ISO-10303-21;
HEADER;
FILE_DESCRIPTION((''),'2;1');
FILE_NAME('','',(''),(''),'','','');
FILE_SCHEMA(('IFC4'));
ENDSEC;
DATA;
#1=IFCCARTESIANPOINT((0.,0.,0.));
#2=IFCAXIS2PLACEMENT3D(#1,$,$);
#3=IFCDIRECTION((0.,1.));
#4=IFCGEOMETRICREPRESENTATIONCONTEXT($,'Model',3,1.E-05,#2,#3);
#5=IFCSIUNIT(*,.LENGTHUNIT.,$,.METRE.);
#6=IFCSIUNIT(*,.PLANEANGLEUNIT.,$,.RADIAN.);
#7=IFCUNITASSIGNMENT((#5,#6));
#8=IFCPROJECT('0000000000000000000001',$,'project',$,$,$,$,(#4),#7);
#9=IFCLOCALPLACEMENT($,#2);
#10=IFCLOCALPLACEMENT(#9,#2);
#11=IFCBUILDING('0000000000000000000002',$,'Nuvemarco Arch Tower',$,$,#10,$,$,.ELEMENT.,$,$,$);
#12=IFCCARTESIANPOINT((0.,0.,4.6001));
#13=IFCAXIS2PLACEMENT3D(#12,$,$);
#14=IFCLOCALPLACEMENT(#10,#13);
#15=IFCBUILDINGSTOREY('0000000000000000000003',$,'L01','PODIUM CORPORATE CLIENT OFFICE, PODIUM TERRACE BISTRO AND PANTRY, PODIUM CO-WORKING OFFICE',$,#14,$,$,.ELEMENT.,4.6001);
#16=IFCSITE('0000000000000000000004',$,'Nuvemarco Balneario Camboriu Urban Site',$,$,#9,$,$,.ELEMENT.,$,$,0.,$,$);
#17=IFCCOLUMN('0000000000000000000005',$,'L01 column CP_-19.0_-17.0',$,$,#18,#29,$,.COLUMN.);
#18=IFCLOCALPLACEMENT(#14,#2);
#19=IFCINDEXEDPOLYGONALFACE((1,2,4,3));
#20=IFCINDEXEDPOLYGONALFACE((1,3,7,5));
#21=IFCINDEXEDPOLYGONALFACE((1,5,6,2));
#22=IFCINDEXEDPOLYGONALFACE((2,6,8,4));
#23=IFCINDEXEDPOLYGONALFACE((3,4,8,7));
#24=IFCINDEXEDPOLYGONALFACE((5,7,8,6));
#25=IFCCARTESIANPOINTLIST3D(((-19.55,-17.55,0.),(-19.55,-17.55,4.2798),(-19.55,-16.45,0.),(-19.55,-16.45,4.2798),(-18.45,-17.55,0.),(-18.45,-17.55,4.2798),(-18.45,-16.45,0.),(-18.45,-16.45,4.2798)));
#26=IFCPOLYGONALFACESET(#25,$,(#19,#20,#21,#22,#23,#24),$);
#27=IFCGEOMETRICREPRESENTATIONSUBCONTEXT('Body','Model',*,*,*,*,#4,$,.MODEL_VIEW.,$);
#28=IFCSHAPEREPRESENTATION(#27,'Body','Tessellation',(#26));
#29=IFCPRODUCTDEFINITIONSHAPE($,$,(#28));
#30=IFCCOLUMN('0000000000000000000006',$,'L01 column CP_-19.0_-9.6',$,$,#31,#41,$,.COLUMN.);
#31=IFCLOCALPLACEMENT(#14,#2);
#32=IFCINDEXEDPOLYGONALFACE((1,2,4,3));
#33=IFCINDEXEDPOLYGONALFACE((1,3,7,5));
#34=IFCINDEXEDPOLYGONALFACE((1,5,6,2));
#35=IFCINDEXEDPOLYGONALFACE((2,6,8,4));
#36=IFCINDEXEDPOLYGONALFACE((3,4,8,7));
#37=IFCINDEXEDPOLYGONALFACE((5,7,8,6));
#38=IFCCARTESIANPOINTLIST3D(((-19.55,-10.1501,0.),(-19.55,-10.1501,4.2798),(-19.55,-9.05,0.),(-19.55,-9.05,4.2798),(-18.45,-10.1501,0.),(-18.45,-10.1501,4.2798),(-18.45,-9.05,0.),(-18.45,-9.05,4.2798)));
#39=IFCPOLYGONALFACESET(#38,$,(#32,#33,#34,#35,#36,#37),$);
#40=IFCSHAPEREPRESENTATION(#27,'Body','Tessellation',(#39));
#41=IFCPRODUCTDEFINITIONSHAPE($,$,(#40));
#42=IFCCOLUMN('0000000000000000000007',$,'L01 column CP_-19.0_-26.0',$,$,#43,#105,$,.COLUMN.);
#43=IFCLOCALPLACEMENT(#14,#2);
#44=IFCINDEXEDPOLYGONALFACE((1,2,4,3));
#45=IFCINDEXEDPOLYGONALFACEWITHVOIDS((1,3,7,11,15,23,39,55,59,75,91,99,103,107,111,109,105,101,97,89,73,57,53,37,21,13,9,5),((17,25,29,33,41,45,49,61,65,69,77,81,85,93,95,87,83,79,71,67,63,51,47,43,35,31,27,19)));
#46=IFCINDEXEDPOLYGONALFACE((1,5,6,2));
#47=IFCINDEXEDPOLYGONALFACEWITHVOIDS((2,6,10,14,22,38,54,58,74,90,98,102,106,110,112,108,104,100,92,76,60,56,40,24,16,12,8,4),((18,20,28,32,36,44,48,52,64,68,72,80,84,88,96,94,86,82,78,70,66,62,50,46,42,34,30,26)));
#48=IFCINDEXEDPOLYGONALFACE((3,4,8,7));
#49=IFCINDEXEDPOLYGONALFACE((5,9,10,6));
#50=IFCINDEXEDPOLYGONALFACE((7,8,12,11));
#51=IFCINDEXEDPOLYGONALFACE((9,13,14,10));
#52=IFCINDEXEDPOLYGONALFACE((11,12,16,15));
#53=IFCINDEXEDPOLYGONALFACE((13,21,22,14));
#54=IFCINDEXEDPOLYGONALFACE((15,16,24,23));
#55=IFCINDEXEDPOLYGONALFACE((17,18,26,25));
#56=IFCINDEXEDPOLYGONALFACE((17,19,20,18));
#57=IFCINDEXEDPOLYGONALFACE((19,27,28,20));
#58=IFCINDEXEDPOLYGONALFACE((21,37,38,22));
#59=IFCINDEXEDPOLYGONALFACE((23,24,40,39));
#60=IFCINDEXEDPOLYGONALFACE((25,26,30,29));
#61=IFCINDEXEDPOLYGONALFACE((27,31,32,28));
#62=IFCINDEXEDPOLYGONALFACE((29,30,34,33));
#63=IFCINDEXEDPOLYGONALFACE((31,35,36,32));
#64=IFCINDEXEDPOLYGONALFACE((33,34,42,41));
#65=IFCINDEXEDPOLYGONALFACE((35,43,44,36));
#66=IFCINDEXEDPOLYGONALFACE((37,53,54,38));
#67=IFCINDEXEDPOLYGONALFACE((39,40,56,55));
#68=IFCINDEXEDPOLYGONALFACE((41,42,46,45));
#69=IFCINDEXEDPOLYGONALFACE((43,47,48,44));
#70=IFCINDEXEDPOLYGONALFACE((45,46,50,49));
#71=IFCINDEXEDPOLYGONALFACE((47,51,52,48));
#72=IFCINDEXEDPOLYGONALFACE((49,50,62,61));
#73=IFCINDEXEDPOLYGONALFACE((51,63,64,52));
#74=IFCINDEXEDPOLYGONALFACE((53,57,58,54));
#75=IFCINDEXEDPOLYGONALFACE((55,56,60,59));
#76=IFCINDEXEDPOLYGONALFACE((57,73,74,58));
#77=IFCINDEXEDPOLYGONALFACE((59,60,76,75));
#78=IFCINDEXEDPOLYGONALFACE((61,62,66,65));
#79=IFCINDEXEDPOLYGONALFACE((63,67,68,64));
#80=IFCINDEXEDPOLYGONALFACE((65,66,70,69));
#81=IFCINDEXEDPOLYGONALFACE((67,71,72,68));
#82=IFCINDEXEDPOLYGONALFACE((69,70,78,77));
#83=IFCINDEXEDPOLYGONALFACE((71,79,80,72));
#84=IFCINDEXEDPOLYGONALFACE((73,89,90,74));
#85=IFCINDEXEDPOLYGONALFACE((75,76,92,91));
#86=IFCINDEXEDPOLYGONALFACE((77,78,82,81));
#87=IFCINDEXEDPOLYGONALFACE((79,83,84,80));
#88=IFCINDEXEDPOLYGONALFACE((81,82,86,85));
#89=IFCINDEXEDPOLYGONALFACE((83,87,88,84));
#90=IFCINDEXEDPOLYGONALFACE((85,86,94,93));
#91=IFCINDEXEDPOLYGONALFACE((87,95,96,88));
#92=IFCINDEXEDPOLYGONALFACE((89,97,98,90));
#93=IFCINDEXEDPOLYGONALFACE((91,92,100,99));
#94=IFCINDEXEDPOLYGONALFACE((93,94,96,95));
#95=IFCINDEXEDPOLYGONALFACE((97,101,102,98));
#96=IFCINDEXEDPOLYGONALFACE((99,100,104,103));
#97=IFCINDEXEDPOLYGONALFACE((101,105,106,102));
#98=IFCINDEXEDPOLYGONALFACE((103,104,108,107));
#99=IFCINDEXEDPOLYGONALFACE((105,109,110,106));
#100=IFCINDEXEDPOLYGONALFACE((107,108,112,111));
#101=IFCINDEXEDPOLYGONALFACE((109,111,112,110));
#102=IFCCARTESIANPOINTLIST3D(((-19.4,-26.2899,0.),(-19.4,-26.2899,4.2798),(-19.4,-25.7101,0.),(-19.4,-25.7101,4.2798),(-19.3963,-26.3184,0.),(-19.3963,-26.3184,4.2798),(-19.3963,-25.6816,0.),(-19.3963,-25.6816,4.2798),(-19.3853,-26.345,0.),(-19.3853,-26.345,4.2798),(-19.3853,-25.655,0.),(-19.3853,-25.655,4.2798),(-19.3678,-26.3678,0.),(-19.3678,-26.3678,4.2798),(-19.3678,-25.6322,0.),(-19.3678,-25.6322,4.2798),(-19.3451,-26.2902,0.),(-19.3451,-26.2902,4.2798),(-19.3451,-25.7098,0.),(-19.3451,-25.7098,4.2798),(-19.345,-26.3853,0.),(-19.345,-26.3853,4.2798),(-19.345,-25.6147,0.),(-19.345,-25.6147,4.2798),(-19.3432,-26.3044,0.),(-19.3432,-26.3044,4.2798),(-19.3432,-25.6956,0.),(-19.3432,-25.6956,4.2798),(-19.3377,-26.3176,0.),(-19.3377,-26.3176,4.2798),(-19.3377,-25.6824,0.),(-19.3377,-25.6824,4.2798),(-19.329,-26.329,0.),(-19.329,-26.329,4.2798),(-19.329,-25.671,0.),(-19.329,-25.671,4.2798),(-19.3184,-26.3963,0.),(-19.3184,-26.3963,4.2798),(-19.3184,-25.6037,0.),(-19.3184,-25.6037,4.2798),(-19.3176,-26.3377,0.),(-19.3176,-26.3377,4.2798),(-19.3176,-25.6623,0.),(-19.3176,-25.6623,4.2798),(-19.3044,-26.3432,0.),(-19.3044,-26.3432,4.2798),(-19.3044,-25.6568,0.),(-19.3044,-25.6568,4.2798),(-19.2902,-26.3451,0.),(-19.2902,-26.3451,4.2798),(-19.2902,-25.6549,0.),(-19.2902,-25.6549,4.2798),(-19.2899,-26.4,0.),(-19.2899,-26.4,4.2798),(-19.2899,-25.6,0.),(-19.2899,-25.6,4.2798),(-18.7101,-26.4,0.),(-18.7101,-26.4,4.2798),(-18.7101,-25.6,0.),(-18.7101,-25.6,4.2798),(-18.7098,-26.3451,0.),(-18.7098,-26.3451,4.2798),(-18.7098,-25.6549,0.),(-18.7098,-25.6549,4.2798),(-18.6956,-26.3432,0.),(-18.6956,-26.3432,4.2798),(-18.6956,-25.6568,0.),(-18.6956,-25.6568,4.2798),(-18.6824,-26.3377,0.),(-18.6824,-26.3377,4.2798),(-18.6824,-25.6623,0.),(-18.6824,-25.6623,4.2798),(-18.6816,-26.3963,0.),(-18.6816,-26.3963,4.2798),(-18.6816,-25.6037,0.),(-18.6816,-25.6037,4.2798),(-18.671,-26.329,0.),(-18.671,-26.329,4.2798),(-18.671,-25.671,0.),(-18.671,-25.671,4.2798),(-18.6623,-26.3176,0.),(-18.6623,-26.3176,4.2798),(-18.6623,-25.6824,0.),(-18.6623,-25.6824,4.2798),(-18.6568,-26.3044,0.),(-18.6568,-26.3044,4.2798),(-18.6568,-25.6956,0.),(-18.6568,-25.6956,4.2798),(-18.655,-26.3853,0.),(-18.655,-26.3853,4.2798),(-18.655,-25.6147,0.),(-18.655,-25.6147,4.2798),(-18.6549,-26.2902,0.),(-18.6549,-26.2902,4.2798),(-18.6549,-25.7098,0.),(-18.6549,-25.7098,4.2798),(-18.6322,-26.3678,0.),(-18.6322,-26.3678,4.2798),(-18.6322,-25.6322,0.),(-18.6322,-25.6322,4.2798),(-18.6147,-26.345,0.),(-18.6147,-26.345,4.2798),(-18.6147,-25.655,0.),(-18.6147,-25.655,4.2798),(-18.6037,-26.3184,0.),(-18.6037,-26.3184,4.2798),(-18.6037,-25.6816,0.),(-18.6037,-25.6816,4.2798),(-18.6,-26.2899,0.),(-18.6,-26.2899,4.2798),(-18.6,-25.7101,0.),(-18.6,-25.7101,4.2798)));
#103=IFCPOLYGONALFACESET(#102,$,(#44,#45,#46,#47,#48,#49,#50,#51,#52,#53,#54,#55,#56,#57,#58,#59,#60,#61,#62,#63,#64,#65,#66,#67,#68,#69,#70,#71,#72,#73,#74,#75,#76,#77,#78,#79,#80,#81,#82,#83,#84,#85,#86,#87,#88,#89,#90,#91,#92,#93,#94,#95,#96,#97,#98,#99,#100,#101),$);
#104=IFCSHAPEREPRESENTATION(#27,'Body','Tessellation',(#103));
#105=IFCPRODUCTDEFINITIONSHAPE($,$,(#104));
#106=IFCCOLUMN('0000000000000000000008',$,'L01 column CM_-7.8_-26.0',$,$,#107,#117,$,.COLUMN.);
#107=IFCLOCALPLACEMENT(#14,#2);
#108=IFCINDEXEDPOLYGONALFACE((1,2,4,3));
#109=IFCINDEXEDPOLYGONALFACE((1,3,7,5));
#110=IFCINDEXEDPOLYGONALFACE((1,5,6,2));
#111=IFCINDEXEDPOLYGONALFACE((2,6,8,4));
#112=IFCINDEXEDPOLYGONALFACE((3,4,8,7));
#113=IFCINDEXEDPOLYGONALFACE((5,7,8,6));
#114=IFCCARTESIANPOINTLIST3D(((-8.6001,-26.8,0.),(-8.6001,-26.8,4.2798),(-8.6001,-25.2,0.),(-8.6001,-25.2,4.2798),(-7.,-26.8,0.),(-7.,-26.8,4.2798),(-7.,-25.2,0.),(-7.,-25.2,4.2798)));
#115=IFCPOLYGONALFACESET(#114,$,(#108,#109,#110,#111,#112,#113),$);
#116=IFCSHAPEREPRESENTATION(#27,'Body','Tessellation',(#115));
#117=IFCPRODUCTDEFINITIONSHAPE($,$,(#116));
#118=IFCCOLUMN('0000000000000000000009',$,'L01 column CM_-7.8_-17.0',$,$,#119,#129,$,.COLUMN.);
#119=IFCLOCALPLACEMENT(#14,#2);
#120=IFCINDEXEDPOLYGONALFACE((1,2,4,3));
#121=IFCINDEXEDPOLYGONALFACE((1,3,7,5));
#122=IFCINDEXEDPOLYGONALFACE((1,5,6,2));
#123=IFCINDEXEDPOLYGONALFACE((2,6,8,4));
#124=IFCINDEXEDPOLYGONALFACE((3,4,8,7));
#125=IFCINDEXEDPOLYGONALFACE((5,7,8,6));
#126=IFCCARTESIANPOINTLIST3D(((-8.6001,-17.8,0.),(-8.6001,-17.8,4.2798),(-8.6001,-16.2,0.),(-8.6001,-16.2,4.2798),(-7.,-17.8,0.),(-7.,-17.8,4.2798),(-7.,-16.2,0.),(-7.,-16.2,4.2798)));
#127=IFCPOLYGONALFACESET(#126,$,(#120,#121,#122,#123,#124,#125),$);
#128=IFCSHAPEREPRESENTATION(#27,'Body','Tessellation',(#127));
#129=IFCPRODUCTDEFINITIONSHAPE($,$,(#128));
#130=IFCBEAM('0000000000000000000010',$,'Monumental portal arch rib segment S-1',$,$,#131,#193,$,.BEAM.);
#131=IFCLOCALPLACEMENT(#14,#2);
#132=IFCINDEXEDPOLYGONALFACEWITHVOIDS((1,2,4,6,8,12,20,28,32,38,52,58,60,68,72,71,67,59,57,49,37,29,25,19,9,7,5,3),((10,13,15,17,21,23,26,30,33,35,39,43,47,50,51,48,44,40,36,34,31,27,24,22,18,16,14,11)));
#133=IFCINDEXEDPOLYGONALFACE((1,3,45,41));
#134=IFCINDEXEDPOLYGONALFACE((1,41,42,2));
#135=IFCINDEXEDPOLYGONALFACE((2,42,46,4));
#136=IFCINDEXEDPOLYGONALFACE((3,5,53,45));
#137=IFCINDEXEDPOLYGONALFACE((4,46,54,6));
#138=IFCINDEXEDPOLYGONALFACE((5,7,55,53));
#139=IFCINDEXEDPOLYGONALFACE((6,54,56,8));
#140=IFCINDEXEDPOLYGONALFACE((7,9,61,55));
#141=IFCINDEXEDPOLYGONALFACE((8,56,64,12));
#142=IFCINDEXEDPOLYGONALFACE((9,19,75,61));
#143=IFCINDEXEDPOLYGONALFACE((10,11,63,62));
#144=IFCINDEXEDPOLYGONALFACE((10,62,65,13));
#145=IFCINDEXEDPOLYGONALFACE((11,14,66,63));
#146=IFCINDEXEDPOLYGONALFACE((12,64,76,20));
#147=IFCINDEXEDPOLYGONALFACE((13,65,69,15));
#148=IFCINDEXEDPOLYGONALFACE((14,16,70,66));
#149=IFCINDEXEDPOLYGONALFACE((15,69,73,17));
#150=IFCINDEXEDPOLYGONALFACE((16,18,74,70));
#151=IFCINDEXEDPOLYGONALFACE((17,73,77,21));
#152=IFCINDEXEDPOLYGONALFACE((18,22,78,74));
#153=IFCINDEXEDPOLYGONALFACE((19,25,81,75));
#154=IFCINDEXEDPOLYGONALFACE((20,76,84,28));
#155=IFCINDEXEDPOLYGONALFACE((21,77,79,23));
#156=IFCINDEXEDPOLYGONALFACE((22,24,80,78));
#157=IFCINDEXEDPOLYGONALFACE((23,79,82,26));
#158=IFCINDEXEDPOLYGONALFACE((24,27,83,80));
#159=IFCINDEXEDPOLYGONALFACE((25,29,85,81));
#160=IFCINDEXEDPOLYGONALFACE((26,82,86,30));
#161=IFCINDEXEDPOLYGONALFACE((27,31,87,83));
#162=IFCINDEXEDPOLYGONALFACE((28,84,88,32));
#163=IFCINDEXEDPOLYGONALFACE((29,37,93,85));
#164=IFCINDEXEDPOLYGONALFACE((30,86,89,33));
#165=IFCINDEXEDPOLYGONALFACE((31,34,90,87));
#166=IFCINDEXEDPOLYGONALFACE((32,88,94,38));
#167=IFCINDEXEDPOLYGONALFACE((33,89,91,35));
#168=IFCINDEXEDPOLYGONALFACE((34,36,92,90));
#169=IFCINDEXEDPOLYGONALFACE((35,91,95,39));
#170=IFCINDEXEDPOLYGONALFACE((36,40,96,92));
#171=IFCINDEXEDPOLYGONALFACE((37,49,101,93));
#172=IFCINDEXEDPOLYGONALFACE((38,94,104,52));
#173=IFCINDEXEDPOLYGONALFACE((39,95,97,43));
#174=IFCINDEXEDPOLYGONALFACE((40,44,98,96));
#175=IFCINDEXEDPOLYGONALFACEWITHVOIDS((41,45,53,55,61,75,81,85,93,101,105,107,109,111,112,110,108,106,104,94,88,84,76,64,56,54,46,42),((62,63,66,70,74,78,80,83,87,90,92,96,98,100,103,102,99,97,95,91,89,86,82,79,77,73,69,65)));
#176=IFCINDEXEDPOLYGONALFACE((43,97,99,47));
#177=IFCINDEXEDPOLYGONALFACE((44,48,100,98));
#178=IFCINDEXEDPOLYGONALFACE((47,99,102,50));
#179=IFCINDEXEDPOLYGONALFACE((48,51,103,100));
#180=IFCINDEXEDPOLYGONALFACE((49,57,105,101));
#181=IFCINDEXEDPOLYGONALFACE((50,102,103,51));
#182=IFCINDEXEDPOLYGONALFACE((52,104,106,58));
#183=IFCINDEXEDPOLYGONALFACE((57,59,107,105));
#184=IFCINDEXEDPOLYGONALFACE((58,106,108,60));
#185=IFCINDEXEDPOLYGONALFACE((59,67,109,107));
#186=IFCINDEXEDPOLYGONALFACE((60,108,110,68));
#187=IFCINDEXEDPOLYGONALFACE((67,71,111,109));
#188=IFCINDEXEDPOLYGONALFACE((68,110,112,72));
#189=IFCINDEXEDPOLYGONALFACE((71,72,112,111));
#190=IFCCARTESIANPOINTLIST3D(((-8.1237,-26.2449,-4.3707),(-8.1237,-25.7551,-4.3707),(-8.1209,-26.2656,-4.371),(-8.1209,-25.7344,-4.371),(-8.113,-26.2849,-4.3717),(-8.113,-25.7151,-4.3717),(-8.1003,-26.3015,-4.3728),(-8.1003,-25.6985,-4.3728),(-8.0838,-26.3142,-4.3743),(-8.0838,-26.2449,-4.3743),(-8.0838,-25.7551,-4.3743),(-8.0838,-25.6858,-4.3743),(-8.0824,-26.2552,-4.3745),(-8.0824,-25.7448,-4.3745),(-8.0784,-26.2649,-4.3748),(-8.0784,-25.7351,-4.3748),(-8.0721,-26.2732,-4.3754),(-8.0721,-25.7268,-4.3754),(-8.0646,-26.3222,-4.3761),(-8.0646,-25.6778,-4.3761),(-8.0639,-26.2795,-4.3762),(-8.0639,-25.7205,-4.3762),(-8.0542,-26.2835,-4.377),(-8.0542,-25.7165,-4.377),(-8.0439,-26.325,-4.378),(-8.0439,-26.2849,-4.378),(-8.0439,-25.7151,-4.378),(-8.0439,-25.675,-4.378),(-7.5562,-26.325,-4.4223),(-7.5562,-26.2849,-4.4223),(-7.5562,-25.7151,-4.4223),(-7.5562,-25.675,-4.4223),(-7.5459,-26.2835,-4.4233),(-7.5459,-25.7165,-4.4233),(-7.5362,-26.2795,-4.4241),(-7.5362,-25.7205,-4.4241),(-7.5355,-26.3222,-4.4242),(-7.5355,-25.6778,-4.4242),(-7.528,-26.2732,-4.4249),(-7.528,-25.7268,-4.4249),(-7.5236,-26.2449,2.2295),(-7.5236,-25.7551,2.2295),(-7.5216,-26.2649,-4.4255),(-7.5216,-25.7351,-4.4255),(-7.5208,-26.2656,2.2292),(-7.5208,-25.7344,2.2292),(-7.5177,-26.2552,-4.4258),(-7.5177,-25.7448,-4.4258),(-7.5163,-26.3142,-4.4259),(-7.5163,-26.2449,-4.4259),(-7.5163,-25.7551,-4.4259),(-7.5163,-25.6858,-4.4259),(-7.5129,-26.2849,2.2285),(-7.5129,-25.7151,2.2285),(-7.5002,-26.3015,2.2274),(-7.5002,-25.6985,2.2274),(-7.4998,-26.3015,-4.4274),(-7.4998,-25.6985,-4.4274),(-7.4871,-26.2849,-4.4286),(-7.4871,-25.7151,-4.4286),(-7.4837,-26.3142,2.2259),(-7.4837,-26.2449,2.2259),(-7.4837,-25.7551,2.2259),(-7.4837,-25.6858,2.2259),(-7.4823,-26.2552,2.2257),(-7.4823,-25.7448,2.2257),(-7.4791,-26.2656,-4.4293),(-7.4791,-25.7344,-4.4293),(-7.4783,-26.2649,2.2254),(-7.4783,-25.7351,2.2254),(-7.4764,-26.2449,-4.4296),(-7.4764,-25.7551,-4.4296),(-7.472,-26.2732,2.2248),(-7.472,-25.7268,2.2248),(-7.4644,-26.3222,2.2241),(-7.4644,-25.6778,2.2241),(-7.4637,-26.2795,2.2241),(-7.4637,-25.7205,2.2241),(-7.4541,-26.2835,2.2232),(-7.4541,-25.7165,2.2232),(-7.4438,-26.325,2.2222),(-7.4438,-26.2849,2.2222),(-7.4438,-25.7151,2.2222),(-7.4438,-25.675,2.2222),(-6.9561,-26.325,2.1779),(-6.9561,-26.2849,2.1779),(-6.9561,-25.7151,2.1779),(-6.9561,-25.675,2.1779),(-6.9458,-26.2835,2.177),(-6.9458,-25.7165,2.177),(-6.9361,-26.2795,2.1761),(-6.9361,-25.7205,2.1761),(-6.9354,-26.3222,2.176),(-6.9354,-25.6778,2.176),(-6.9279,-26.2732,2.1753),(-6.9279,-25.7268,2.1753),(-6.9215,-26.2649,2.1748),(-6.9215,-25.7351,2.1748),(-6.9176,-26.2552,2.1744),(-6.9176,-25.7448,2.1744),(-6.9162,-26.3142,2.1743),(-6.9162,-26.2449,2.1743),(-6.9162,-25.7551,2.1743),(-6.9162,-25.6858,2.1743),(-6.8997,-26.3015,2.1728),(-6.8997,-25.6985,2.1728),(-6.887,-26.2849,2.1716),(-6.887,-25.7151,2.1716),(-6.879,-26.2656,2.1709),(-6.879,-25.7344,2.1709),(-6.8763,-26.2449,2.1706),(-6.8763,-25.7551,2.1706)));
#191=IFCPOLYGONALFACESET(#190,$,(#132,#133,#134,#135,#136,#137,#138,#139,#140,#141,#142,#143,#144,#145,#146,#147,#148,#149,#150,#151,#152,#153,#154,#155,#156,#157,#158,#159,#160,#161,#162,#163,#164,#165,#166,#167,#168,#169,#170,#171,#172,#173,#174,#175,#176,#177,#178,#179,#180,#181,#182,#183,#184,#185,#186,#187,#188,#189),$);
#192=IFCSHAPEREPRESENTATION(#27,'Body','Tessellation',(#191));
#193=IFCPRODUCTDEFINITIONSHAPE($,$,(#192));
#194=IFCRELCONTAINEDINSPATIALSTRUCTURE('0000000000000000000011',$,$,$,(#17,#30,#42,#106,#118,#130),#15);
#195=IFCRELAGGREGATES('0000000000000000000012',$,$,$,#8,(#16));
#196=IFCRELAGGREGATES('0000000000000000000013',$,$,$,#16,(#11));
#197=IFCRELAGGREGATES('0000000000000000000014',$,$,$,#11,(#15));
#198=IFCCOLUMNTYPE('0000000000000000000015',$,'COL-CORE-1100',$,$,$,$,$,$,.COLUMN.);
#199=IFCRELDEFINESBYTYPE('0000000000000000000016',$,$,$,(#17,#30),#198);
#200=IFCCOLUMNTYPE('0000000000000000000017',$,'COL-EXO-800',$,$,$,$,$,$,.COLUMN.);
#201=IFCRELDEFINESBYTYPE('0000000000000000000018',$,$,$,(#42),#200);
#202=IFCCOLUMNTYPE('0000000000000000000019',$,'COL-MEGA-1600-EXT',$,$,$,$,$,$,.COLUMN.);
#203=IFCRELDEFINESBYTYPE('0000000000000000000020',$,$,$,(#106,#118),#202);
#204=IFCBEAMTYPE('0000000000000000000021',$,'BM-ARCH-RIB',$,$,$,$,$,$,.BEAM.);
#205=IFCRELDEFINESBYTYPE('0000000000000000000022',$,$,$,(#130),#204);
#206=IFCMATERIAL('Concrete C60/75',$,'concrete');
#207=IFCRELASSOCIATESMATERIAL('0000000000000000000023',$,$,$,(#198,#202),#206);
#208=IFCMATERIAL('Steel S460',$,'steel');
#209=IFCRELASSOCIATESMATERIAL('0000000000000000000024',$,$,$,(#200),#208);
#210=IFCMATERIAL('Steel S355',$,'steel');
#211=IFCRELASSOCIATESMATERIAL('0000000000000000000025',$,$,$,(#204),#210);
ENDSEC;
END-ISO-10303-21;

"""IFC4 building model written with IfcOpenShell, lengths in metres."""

from ifc_helpers import new_model, si_unit, direction, frame, origin, origin_2d, place, context, subcontext, project, spatial, rectangle, hollow_rectangle, extrude, material, material_profile, profile_set, type_object, element, save


model = new_model("IFC4")

# Units and contexts
model_context = context("Model", 3, precision=1e-05, world=origin(), true_north=direction((0.0, 1.0)))
body_context = subcontext(model_context, "Body", "Model", "MODEL_VIEW")
ifc_project = project(units=[si_unit("LENGTHUNIT", "METRE"), si_unit("PLANEANGLEUNIT", "RADIAN")], contexts=[model_context])

# Site, building, storey
site_placement = place(None, origin())
site = spatial("IfcSite", under=ifc_project, at=site_placement, Name="Nuvemarco Balneario Camboriu Urban Site", CompositionType="ELEMENT", RefElevation=0.0)
building_placement = place(site_placement, origin())
building = spatial("IfcBuilding", under=site, at=building_placement, Name="Nuvemarco Arch Tower", CompositionType="ELEMENT")
storey_placement = place(building_placement, frame((0.0, 0.0, 4.6001)))
storey = spatial("IfcBuildingStorey", under=building, at=storey_placement, Name="L01", Description="PODIUM CORPORATE CLIENT OFFICE, PODIUM TERRACE BISTRO AND PANTRY, PODIUM CO-WORKING OFFICE", CompositionType="ELEMENT", Elevation=4.6001)

# Columns
ifc_material_1 = material(Name="Concrete C60/75", Category="concrete")
ifc_material_profile_1 = material_profile(ifc_material_1, rectangle(XDim=1.1001, YDim=1.1001, at=origin_2d()), Name="RC-COL-1100x1100")
ifc_profile_set_1 = profile_set([ifc_material_profile_1], Name="Concrete C60/75")
column_type_1 = type_object("IfcColumnType", Name="COL-CORE-1100", PredefinedType="COLUMN", material=ifc_profile_set_1)
for number, where, z_axis, x_axis, name in (
    (1, (-19.0, -17.0, 0.0), (0.0, 0.0, 1.0), (1.0, 0.0, 0.0), "L01 column CP_-19.0_-17.0"),
    (2, (-19.0, -9.6001, 0.0), (0.0, 0.0, 1.0), (1.0, 0.0, 0.0), "L01 column CP_-19.0_-9.6"),
):
    element("IfcColumn", number, at=place(storey_placement, frame(where, z_axis=z_axis, x_axis=x_axis)), inside=storey, type_object=column_type_1, Name=name, PredefinedType="COLUMN", context=body_context, shape_type="SweptSolid", body=[
        extrude(rectangle(XDim=1.1001, YDim=1.1001, at=origin_2d()), origin(), (0.0, 0.0, 1.0), 4.2798),
    ])
ifc_material_2 = material(Name="Steel S460", Category="steel")
ifc_material_profile_2 = material_profile(ifc_material_2, hollow_rectangle(XDim=0.8, YDim=0.8, WallThickness=0.0549, InnerFilletRadius=0.0549, OuterFilletRadius=0.1101, at=origin_2d()), Name="SHS800x800x55")
ifc_profile_set_2 = profile_set([ifc_material_profile_2], Name="Steel S460")
column_type_2 = type_object("IfcColumnType", Name="COL-EXO-800", PredefinedType="COLUMN", material=ifc_profile_set_2)
column_placement = place(storey_placement, frame((-19.0, -26.0, 0.0), z_axis=(0.0, 0.0, 1.0), x_axis=(1.0, 0.0, 0.0)))
element("IfcColumn", 3, at=column_placement, inside=storey, type_object=column_type_2, Name="L01 column CP_-19.0_-26.0", PredefinedType="COLUMN", context=body_context, shape_type="SweptSolid", body=[
    extrude(hollow_rectangle(XDim=0.8, YDim=0.8, WallThickness=0.0549, InnerFilletRadius=0.0549, OuterFilletRadius=0.1101, at=origin_2d()), origin(), (0.0, 0.0, 1.0), 4.2798),
])
ifc_material_profile_3 = material_profile(ifc_material_1, rectangle(XDim=1.6001, YDim=1.6001, at=origin_2d()), Name="RC-COL-1600x1600")
ifc_profile_set_3 = profile_set([ifc_material_profile_3], Name="Concrete C60/75")
column_type_3 = type_object("IfcColumnType", Name="COL-MEGA-1600-EXT", PredefinedType="COLUMN", material=ifc_profile_set_3)
for number, where, z_axis, x_axis, name in (
    (4, (-7.8, -26.0, 0.0), (0.0, 0.0, 1.0), (1.0, 0.0, 0.0), "L01 column CM_-7.8_-26.0"),
    (5, (-7.8, -17.0, 0.0), (0.0, 0.0, 1.0), (1.0, 0.0, 0.0), "L01 column CM_-7.8_-17.0"),
):
    element("IfcColumn", number, at=place(storey_placement, frame(where, z_axis=z_axis, x_axis=x_axis)), inside=storey, type_object=column_type_3, Name=name, PredefinedType="COLUMN", context=body_context, shape_type="SweptSolid", body=[
        extrude(rectangle(XDim=1.6001, YDim=1.6001, at=origin_2d()), origin(), (0.0, 0.0, 1.0), 4.2798),
    ])

# Beam
ifc_material_3 = material(Name="Steel S355", Category="steel")
ifc_material_profile_4 = material_profile(ifc_material_3, hollow_rectangle(XDim=0.6499, YDim=0.6499, WallThickness=0.04, InnerFilletRadius=0.04, OuterFilletRadius=0.0801, at=origin_2d()), Name="SHS650x650x40")
ifc_profile_set_4 = profile_set([ifc_material_profile_4], Name="Steel S355")
beam_type_1 = type_object("IfcBeamType", Name="BM-ARCH-RIB", PredefinedType="BEAM", material=ifc_profile_set_4)
beam_1_placement = place(storey_placement, frame((-7.8, -26.0, -4.4001), z_axis=(0.090549, 0.0, 0.995892), x_axis=(0.0, 1.0, 0.0)))
element("IfcBeam", 6, at=beam_1_placement, inside=storey, type_object=beam_type_1, Name="Monumental portal arch rib segment S-1", PredefinedType="BEAM", context=body_context, shape_type="SweptSolid", body=[
    extrude(hollow_rectangle(XDim=0.6499, YDim=0.6499, WallThickness=0.04, InnerFilletRadius=0.04, OuterFilletRadius=0.0801, at=origin_2d()), origin(), (0.0, 0.0, 1.0), 6.6274),
])

save(model, "model.ifc")
